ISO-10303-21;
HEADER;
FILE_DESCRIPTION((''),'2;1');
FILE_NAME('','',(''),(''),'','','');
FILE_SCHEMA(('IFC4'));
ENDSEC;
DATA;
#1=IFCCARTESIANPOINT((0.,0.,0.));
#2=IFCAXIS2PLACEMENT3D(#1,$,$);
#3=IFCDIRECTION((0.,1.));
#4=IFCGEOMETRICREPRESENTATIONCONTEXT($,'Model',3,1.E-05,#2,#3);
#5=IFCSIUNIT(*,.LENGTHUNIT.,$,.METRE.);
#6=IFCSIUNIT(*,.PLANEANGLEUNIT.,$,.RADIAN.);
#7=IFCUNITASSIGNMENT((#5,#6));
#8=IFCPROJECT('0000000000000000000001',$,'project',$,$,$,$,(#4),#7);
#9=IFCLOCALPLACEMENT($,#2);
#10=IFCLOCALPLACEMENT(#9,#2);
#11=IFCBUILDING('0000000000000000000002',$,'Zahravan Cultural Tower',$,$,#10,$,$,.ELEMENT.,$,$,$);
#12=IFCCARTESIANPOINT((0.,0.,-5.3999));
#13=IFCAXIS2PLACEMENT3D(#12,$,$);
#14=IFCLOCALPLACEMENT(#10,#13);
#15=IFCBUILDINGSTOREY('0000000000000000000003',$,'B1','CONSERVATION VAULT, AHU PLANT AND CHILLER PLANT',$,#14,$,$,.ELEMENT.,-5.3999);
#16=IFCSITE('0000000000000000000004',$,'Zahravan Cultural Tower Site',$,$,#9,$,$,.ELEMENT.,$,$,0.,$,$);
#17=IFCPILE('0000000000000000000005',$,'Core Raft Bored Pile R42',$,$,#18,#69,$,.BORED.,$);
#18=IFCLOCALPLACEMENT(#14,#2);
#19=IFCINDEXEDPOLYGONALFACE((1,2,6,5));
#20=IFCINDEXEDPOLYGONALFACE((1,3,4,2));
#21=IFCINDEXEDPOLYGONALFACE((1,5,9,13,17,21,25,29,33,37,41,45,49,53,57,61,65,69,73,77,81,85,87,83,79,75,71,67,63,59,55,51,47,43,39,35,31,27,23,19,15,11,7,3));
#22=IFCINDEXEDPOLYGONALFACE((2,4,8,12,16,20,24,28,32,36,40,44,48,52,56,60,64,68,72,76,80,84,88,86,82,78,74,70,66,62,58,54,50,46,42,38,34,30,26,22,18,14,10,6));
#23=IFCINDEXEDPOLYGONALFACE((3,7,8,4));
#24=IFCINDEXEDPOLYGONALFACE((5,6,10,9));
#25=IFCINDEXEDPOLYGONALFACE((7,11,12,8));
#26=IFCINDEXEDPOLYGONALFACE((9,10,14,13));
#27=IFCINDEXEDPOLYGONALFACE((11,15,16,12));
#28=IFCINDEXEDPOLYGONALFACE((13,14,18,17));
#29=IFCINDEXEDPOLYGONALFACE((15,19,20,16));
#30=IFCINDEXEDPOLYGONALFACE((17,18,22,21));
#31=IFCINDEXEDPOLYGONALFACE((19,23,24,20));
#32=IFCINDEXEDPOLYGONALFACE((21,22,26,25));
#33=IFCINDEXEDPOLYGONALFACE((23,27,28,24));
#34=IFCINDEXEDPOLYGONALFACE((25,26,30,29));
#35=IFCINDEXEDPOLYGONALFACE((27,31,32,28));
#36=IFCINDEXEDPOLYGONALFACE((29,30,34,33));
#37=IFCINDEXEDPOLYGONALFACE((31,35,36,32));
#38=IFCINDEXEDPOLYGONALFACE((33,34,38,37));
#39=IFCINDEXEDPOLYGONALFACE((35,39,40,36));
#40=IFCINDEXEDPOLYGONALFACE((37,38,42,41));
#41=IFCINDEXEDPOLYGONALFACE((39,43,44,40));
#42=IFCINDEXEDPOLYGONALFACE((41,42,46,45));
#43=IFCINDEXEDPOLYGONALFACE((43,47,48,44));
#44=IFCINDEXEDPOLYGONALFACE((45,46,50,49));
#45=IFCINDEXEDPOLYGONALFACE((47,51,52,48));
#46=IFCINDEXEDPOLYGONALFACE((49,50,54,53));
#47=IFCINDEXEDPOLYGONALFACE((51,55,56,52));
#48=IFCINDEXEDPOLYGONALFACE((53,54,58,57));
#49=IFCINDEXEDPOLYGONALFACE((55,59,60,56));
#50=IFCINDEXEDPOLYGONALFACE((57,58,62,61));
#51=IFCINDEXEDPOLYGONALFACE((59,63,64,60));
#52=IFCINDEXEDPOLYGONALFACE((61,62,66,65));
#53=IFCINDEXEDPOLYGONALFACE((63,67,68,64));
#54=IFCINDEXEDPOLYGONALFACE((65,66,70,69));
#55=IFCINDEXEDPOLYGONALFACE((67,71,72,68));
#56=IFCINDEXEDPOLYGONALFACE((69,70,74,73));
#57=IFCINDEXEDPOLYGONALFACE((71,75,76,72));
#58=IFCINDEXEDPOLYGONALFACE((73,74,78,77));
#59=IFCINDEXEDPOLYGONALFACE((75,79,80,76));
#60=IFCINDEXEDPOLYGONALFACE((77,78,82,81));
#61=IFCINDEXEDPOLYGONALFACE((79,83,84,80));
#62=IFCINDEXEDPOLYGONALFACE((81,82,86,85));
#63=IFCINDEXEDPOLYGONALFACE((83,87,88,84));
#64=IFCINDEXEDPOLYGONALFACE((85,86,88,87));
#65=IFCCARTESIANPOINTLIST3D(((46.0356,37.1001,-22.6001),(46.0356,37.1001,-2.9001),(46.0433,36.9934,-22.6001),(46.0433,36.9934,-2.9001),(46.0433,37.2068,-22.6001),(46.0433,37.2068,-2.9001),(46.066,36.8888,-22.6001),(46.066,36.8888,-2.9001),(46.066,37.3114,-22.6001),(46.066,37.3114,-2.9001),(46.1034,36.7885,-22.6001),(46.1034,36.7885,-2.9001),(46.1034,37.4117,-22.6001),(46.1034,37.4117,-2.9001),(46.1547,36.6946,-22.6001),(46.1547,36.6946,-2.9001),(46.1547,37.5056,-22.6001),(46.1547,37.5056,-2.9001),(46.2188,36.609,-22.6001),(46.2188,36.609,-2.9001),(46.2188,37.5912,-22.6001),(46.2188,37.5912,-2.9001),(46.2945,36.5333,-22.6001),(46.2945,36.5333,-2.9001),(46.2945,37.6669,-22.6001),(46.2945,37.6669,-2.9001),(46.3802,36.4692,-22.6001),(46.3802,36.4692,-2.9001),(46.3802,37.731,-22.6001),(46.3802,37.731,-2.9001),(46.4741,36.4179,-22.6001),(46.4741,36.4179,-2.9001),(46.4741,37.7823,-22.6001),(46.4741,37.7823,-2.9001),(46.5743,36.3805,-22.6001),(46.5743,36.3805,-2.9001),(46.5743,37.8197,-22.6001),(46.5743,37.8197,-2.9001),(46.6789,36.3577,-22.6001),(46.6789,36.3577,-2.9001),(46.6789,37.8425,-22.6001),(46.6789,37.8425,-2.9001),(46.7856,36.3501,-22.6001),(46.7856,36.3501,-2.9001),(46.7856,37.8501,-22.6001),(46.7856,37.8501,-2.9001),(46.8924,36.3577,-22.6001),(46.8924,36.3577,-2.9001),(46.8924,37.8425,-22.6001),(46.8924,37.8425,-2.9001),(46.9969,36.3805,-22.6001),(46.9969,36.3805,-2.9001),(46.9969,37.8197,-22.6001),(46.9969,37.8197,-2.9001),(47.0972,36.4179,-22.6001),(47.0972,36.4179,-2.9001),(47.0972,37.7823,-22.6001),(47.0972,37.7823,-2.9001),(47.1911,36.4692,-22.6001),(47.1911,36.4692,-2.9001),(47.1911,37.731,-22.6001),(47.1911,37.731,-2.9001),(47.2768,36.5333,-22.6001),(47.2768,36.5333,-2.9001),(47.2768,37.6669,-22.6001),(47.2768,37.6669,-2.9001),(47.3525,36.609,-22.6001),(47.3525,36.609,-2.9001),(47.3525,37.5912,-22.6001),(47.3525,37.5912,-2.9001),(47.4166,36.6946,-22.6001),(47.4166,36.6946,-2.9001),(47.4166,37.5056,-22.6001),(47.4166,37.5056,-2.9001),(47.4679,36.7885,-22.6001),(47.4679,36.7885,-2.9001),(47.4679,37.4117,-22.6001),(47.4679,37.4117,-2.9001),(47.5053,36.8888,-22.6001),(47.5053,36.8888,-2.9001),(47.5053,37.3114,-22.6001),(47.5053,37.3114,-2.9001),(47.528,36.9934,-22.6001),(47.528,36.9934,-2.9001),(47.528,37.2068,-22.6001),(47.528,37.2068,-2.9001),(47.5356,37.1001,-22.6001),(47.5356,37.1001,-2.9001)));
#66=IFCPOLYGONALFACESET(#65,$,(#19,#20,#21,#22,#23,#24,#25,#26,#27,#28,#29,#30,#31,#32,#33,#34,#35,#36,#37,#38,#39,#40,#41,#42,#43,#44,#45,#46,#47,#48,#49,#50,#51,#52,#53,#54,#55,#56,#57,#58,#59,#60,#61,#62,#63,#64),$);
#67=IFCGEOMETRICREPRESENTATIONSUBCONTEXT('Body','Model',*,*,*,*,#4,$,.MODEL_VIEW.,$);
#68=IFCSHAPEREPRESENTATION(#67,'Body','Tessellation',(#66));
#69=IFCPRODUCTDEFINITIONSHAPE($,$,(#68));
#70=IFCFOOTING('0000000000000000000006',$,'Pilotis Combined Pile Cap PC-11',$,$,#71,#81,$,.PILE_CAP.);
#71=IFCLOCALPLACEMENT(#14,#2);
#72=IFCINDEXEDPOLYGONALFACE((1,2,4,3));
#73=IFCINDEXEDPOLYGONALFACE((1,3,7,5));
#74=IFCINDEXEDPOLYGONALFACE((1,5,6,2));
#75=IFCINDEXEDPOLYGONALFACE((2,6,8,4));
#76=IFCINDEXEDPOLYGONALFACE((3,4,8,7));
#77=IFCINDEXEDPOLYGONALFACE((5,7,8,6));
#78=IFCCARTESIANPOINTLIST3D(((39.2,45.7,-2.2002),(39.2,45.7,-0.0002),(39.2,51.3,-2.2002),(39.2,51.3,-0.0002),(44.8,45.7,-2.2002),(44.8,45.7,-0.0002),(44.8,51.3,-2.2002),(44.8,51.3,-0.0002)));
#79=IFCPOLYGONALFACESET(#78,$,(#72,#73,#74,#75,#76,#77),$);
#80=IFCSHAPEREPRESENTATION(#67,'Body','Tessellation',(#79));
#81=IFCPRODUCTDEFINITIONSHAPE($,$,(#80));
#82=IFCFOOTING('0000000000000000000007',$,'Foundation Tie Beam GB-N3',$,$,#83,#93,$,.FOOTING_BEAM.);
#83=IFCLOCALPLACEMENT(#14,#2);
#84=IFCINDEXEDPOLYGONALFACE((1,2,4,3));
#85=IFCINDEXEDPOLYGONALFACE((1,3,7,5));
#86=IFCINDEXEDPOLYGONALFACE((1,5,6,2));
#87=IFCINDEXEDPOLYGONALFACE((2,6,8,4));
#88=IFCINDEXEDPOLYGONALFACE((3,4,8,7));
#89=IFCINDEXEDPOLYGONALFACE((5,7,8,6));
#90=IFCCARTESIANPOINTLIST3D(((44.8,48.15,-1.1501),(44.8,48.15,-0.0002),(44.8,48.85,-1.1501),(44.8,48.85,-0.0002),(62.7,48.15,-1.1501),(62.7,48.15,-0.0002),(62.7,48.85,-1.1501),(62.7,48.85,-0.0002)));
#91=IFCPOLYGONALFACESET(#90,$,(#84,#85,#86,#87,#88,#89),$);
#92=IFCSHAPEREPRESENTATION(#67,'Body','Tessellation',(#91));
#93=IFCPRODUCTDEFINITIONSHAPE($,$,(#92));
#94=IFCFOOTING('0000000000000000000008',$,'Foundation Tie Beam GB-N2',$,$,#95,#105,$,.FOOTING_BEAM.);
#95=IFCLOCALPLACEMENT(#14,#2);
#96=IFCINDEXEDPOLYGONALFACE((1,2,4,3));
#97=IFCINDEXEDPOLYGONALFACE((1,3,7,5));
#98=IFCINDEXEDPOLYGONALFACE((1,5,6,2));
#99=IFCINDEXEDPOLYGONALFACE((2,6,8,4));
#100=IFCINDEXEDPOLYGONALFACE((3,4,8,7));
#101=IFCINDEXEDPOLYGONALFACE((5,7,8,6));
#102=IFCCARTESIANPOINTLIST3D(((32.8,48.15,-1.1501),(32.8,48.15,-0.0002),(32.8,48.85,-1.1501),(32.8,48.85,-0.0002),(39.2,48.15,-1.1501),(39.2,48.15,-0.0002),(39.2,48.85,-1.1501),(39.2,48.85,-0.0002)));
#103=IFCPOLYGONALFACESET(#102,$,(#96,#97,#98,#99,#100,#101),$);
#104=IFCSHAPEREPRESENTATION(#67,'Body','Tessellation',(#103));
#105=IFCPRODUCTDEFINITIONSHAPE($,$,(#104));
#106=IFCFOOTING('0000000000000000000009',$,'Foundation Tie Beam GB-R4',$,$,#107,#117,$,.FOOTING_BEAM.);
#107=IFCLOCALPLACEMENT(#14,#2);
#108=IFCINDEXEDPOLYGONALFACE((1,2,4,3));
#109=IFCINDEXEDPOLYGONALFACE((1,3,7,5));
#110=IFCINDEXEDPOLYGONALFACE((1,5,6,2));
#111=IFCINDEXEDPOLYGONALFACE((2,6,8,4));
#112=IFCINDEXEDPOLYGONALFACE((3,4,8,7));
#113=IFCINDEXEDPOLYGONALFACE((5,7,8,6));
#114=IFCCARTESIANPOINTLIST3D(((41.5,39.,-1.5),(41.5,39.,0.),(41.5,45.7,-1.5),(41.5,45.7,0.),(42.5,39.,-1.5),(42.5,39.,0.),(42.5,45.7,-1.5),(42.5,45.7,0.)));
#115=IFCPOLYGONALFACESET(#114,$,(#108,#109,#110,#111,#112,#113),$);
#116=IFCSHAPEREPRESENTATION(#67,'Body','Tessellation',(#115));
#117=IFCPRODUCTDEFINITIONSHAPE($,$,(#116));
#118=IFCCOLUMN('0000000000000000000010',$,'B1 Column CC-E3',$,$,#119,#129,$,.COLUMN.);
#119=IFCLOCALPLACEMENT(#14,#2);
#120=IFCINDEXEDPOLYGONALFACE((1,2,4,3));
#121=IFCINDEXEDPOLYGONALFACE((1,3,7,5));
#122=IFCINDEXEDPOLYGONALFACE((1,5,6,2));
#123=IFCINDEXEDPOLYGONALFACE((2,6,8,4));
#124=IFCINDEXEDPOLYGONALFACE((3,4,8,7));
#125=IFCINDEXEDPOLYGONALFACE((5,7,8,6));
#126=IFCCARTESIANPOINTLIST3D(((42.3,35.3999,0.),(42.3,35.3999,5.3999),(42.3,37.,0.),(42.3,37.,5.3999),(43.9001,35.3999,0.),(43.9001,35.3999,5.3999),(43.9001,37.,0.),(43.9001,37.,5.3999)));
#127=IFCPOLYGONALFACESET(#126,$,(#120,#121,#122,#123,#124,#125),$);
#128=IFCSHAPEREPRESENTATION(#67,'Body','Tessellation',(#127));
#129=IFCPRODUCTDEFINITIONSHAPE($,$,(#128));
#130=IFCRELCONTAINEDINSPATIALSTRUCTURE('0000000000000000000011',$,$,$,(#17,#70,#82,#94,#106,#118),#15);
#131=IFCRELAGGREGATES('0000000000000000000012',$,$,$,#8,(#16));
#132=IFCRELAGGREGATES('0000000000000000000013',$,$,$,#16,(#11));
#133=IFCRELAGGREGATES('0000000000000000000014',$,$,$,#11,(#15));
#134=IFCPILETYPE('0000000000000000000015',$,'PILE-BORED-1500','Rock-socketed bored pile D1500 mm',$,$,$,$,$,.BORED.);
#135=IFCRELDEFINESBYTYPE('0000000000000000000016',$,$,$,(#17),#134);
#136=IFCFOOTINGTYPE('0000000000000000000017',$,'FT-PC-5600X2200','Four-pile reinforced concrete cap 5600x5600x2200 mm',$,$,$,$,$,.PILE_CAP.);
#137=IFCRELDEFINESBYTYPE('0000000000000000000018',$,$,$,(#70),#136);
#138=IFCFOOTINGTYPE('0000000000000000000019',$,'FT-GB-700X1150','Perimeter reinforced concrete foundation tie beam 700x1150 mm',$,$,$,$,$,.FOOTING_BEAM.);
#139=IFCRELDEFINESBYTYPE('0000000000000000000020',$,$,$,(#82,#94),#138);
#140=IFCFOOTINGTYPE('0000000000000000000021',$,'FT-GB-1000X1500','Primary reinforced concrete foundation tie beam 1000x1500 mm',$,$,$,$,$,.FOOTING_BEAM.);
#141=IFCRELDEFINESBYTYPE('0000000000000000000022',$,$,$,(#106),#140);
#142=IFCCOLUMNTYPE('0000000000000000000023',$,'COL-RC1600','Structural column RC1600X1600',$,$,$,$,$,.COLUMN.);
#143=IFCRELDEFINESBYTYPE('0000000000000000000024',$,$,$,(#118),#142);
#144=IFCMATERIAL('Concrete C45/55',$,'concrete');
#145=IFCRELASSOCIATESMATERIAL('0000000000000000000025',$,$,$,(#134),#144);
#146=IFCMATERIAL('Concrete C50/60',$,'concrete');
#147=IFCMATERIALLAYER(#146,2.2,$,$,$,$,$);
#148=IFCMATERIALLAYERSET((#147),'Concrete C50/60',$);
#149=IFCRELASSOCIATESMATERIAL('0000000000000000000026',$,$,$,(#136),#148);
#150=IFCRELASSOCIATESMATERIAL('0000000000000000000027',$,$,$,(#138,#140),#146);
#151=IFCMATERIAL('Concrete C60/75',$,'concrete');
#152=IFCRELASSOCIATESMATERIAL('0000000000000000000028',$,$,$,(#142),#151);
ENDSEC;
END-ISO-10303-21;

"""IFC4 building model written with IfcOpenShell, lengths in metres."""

from ifc_helpers import new_model, si_unit, direction, frame, origin, origin_2d, place, context, subcontext, project, spatial, rectangle, circle, extrude, source, transform, mapped, material, layer, layer_set, material_profile, profile_set, type_object, element, save


model = new_model("IFC4")

# Units and contexts
model_context = context("Model", 3, precision=1e-05, world=origin(), true_north=direction((0.0, 1.0)))
body_context = subcontext(model_context, "Body", "Model", "MODEL_VIEW")
ifc_project = project(units=[si_unit("LENGTHUNIT", "METRE"), si_unit("PLANEANGLEUNIT", "RADIAN")], contexts=[model_context])

# Site, building, storey
site_placement = place(None, origin())
site = spatial("IfcSite", under=ifc_project, at=site_placement, Name="Zahravan Cultural Tower Site", CompositionType="ELEMENT", RefElevation=0.0)
building_placement = place(site_placement, origin())
building = spatial("IfcBuilding", under=site, at=building_placement, Name="Zahravan Cultural Tower", CompositionType="ELEMENT")
storey_placement = place(building_placement, frame((0.0, 0.0, -5.3999)))
storey = spatial("IfcBuildingStorey", under=building, at=storey_placement, Name="B1", Description="CONSERVATION VAULT, AHU PLANT AND CHILLER PLANT", CompositionType="ELEMENT", Elevation=-5.3999)

# Pile
ifc_material_1 = material(Name="Concrete C45/55", Category="concrete")
ifc_material_profile_1 = material_profile(ifc_material_1, circle(Radius=0.75, at=origin_2d()), Name="PILE-D1500")
ifc_profile_set_1 = profile_set([ifc_material_profile_1], Name="Concrete C45/55")
pile_type_1 = type_object("IfcPileType", Name="PILE-BORED-1500", Description="Rock-socketed bored pile D1500 mm", PredefinedType="BORED", material=ifc_profile_set_1)
for number, where, z_axis, x_axis, name in (
    (1, (46.7856, 37.1001, -2.9001), (0.0, 0.0, -1.0), (1.0, 0.0, 0.0), "Core Raft Bored Pile R42"),
):
    element("IfcPile", number, at=place(storey_placement, frame(where, z_axis=z_axis, x_axis=x_axis)), inside=storey, type_object=pile_type_1, Name=name, PredefinedType="BORED", context=body_context, shape_type="SweptSolid", body=[
        extrude(circle(Radius=0.75, at=origin_2d()), origin(), (0.0, 0.0, 1.0), 19.7),
    ])

# Footings
ifc_material_2 = material(Name="Concrete C50/60", Category="concrete")
ifc_layer_1 = layer(ifc_material_2, 2.2)
ifc_layer_set_1 = layer_set([ifc_layer_1], Name="Concrete C50/60")
footing_type_1 = type_object("IfcFootingType", Name="FT-PC-5600X2200", Description="Four-pile reinforced concrete cap 5600x5600x2200 mm", PredefinedType="PILE_CAP", material=ifc_layer_set_1)
shared_shape_1 = source(origin(), body_context, "Body", "SweptSolid", [
    extrude(rectangle(XDim=5.6001, YDim=5.6001, at=origin_2d()), origin(), (0.0, 0.0, 1.0), 2.2),
])
footing_1_placement = place(storey_placement, frame((42.0, 48.5, -2.2002), z_axis=(0.0, 0.0, 1.0), x_axis=(1.0, 0.0, 0.0)))
element("IfcFooting", 2, at=footing_1_placement, inside=storey, type_object=footing_type_1, Name="Pilotis Combined Pile Cap PC-11", PredefinedType="PILE_CAP", context=body_context, shape_type="MappedRepresentation", body=[
    mapped(shared_shape_1, transform((0.0, 0.0, 0.0), x_axis=(1.0, 0.0, 0.0), y_axis=(0.0, 1.0, 0.0), z_axis=(0.0, 0.0, 1.0), scale=1.0)),
])
ifc_material_profile_2 = material_profile(ifc_material_2, rectangle(XDim=0.7, YDim=1.1499, at=origin_2d()), Name="RC700X1150")
ifc_profile_set_2 = profile_set([ifc_material_profile_2], Name="Concrete C50/60")
footing_type_2 = type_object("IfcFootingType", Name="FT-GB-700X1150", Description="Perimeter reinforced concrete foundation tie beam 700x1150 mm", PredefinedType="FOOTING_BEAM", material=ifc_profile_set_2)
shared_shape_2 = source(origin(), body_context, "Body", "SweptSolid", [
    extrude(rectangle(XDim=0.7, YDim=1.1499, at=origin_2d()), origin(), (0.0, 0.0, 1.0), 17.8999),
])
footing_2_placement = place(storey_placement, frame((44.8, 48.5, -0.5752), z_axis=(1.0, 0.0, 0.0), x_axis=(0.0, 1.0, 0.0)))
element("IfcFooting", 3, at=footing_2_placement, inside=storey, type_object=footing_type_2, Name="Foundation Tie Beam GB-N3", PredefinedType="FOOTING_BEAM", context=body_context, shape_type="MappedRepresentation", body=[
    mapped(shared_shape_2, transform((0.0, 0.0, 0.0), x_axis=(1.0, 0.0, 0.0), y_axis=(0.0, 1.0, 0.0), z_axis=(0.0, 0.0, 1.0), scale=1.0)),
])
shared_shape_3 = source(origin(), body_context, "Body", "SweptSolid", [
    extrude(rectangle(XDim=0.7, YDim=1.1499, at=origin_2d()), origin(), (0.0, 0.0, 1.0), 6.3999),
])
footing_3_placement = place(storey_placement, frame((32.8, 48.5, -0.5752), z_axis=(1.0, 0.0, 0.0), x_axis=(0.0, 1.0, 0.0)))
element("IfcFooting", 4, at=footing_3_placement, inside=storey, type_object=footing_type_2, Name="Foundation Tie Beam GB-N2", PredefinedType="FOOTING_BEAM", context=body_context, shape_type="MappedRepresentation", body=[
    mapped(shared_shape_3, transform((0.0, 0.0, 0.0), x_axis=(1.0, 0.0, 0.0), y_axis=(0.0, 1.0, 0.0), z_axis=(0.0, 0.0, 1.0), scale=1.0)),
])
ifc_material_profile_3 = material_profile(ifc_material_2, rectangle(XDim=1.0, YDim=1.5, at=origin_2d()), Name="RC1000X1500")
ifc_profile_set_3 = profile_set([ifc_material_profile_3], Name="Concrete C50/60")
footing_type_3 = type_object("IfcFootingType", Name="FT-GB-1000X1500", Description="Primary reinforced concrete foundation tie beam 1000x1500 mm", PredefinedType="FOOTING_BEAM", material=ifc_profile_set_3)
shared_shape_4 = source(origin(), body_context, "Body", "SweptSolid", [
    extrude(rectangle(XDim=1.0, YDim=1.5, at=origin_2d()), origin(), (0.0, 0.0, 1.0), 6.7),
])
footing_4_placement = place(storey_placement, frame((42.0, 39.0, -0.75), z_axis=(0.0, 1.0, 0.0), x_axis=(-1.0, 0.0, 0.0)))
element("IfcFooting", 5, at=footing_4_placement, inside=storey, type_object=footing_type_3, Name="Foundation Tie Beam GB-R4", PredefinedType="FOOTING_BEAM", context=body_context, shape_type="MappedRepresentation", body=[
    mapped(shared_shape_4, transform((0.0, 0.0, 0.0), x_axis=(1.0, 0.0, 0.0), y_axis=(0.0, 1.0, 0.0), z_axis=(0.0, 0.0, 1.0), scale=1.0)),
])

# Column
ifc_material_3 = material(Name="Concrete C60/75", Category="concrete")
ifc_material_profile_4 = material_profile(ifc_material_3, rectangle(XDim=1.6001, YDim=1.6001, at=origin_2d()), Name="RC1600X1600")
ifc_profile_set_4 = profile_set([ifc_material_profile_4], Name="Concrete C60/75")
column_type_1 = type_object("IfcColumnType", Name="COL-RC1600", Description="Structural column RC1600X1600", PredefinedType="COLUMN", material=ifc_profile_set_4)
shared_shape_5 = source(origin(), body_context, "Body", "SweptSolid", [
    extrude(rectangle(XDim=1.6001, YDim=1.6001, at=origin_2d()), origin(), (0.0, 0.0, 1.0), 5.3999),
])
column_1_placement = place(storey_placement, frame((43.1001, 36.2, 0.0), z_axis=(0.0, 0.0, 1.0), x_axis=(1.0, 0.0, 0.0)))
element("IfcColumn", 6, at=column_1_placement, inside=storey, type_object=column_type_1, Name="B1 Column CC-E3", PredefinedType="COLUMN", context=body_context, shape_type="MappedRepresentation", body=[
    mapped(shared_shape_5, transform((0.0, 0.0, 0.0), x_axis=(1.0, 0.0, 0.0), y_axis=(0.0, 1.0, 0.0), z_axis=(0.0, 0.0, 1.0), scale=1.0)),
])

save(model, "model.ifc")
